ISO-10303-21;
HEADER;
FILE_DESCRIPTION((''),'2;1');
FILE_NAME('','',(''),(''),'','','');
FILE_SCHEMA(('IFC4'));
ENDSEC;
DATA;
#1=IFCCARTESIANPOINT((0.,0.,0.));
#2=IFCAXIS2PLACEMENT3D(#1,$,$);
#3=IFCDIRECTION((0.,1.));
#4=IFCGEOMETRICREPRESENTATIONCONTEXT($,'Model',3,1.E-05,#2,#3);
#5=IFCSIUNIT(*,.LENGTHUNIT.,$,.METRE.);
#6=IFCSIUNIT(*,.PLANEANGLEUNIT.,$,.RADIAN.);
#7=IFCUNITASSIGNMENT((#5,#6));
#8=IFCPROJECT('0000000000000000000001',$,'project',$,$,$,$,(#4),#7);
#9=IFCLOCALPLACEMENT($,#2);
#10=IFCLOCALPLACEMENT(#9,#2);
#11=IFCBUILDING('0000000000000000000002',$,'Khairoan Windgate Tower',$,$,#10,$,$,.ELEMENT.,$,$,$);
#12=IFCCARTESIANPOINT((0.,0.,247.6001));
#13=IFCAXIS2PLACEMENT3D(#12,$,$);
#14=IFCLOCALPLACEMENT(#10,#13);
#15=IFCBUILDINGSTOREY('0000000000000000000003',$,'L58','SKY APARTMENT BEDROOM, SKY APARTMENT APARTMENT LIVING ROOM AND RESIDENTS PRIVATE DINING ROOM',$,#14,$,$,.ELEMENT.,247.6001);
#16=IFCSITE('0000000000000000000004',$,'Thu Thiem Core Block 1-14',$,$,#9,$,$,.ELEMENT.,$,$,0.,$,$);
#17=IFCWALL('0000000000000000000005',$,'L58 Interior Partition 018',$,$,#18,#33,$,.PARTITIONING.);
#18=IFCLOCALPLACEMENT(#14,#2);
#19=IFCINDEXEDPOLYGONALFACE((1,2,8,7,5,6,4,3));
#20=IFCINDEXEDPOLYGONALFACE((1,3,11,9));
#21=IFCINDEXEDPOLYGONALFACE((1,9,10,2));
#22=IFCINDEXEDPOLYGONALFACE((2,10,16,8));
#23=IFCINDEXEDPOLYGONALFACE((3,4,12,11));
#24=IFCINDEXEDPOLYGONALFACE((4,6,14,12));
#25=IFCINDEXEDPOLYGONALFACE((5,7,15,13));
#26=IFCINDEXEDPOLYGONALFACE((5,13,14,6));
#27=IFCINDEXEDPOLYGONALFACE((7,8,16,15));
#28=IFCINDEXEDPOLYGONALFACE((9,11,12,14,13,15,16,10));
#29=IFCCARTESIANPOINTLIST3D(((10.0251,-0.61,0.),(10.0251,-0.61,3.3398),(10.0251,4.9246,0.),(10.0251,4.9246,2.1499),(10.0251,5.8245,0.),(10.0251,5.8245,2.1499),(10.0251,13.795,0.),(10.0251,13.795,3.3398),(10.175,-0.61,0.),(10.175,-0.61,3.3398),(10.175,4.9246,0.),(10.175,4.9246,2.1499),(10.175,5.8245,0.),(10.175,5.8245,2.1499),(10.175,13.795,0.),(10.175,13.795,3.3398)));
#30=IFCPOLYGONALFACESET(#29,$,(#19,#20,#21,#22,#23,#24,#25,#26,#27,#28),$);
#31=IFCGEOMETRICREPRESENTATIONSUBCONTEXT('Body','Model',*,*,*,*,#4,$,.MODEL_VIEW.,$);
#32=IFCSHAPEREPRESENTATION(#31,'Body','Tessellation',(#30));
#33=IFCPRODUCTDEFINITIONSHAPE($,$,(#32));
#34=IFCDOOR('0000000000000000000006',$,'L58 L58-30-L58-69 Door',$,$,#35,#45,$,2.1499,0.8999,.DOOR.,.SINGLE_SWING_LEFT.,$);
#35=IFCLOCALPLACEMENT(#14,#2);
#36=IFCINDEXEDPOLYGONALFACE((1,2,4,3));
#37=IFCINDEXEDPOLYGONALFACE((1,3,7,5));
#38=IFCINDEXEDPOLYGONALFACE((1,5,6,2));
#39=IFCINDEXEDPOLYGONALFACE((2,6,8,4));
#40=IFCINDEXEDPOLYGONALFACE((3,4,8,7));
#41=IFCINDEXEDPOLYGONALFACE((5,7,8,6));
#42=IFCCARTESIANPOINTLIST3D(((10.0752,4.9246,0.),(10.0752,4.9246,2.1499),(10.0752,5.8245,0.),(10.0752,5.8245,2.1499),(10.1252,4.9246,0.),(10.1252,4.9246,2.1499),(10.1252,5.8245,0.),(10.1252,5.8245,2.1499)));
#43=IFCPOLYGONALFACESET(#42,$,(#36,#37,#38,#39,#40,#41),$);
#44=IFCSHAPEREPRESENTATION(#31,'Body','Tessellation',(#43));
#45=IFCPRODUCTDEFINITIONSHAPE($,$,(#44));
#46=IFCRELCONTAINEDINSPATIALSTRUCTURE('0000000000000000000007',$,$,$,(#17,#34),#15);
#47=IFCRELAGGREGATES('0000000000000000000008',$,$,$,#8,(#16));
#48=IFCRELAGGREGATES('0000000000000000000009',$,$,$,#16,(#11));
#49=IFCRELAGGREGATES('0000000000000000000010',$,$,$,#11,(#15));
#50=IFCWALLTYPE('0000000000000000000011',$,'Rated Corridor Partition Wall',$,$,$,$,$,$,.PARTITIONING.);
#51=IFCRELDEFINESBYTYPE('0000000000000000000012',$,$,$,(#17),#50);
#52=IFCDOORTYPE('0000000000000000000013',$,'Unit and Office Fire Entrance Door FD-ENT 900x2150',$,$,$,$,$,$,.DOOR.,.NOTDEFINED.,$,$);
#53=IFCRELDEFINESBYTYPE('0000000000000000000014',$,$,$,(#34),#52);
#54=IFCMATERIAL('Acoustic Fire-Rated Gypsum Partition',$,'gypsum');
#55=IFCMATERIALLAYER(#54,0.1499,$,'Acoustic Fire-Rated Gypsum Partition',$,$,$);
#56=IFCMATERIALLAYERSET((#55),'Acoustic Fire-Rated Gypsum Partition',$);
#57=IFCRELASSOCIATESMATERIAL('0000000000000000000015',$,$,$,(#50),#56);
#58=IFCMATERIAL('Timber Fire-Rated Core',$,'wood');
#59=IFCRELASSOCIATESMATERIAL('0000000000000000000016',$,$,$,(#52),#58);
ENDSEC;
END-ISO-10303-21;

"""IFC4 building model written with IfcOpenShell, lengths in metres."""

from ifc_helpers import new_model, si_unit, direction, frame, frame_2d, origin, place, context, subcontext, project, spatial, rectangle, extrude, material, layer, layer_set, type_object, element, fill, save


model = new_model("IFC4")

# Units and contexts
model_context = context("Model", 3, precision=1e-05, world=origin(), true_north=direction((0.0, 1.0)))
body_context = subcontext(model_context, "Body", "Model", "MODEL_VIEW")
ifc_project = project(units=[si_unit("LENGTHUNIT", "METRE"), si_unit("PLANEANGLEUNIT", "RADIAN")], contexts=[model_context])

# Site, building, storey
site_placement = place(None, origin())
site = spatial("IfcSite", under=ifc_project, at=site_placement, Name="Thu Thiem Core Block 1-14", CompositionType="ELEMENT", RefElevation=0.0)
building_placement = place(site_placement, origin())
building = spatial("IfcBuilding", under=site, at=building_placement, Name="Khairoan Windgate Tower", CompositionType="ELEMENT")
storey_placement = place(building_placement, frame((0.0, 0.0, 247.6001)))
storey = spatial("IfcBuildingStorey", under=building, at=storey_placement, Name="L58", Description="SKY APARTMENT BEDROOM, SKY APARTMENT APARTMENT LIVING ROOM AND RESIDENTS PRIVATE DINING ROOM", CompositionType="ELEMENT", Elevation=247.6001)

# Wall, opening, door
ifc_material_1 = material(Name="Acoustic Fire-Rated Gypsum Partition", Category="gypsum")
ifc_layer_1 = layer(ifc_material_1, 0.1499, Name="Acoustic Fire-Rated Gypsum Partition")
ifc_layer_set_1 = layer_set([ifc_layer_1], Name="Acoustic Fire-Rated Gypsum Partition")
wall_type_1 = type_object("IfcWallType", Name="Rated Corridor Partition Wall", PredefinedType="PARTITIONING", material=ifc_layer_set_1)
wall_1_placement = place(storey_placement, frame((10.1001, -0.6101, 0.0), z_axis=(0.0, 0.0, 1.0), x_axis=(0.0, 1.0, 0.0)))
wall_1 = element("IfcWall", 1, at=wall_1_placement, inside=storey, type_object=wall_type_1, Name="L58 Interior Partition 018", PredefinedType="PARTITIONING", context=body_context, shape_type="SweptSolid", body=[
    extrude(rectangle(XDim=14.405, YDim=0.1499, at=frame_2d((7.2026, 0.0))), origin(), (0.0, 0.0, 1.0), 3.3398),
])
opening_1_placement = place(wall_1_placement, frame((5.5347, 0.0, 0.0)))
opening_1 = element("IfcOpeningElement", 2, at=opening_1_placement, cuts=wall_1, PredefinedType="OPENING", context=body_context, shape_type="SweptSolid", body=[
    extrude(rectangle(XDim=0.8999, YDim=2.1499, at=frame_2d((0.45, 1.075))), frame((0.0, 0.085, 0.0), z_axis=(0.0, -1.0, 0.0), x_axis=(1.0, 0.0, 0.0)), (0.0, 0.0, 1.0), 0.1699),
])
ifc_material_2 = material(Name="Timber Fire-Rated Core", Category="wood")
door_type_1 = type_object("IfcDoorType", Name="Unit and Office Fire Entrance Door FD-ENT 900x2150", OperationType="NOTDEFINED", PredefinedType="DOOR", material=ifc_material_2)
door_1_placement = place(opening_1_placement, origin())
door_1 = element("IfcDoor", 3, at=door_1_placement, inside=storey, type_object=door_type_1, Name="L58 L58-30-L58-69 Door", OperationType="SINGLE_SWING_LEFT", OverallHeight=2.1499, OverallWidth=0.8999, PredefinedType="DOOR", context=body_context, shape_type="SweptSolid", body=[
    extrude(rectangle(XDim=0.8999, YDim=2.1499, at=frame_2d((0.45, 1.075))), frame((0.0, 0.0249, 0.0), z_axis=(0.0, -1.0, 0.0), x_axis=(1.0, 0.0, 0.0)), (0.0, 0.0, 1.0), 0.05),
])
fill(opening_1, door_1)

save(model, "model.ifc")
